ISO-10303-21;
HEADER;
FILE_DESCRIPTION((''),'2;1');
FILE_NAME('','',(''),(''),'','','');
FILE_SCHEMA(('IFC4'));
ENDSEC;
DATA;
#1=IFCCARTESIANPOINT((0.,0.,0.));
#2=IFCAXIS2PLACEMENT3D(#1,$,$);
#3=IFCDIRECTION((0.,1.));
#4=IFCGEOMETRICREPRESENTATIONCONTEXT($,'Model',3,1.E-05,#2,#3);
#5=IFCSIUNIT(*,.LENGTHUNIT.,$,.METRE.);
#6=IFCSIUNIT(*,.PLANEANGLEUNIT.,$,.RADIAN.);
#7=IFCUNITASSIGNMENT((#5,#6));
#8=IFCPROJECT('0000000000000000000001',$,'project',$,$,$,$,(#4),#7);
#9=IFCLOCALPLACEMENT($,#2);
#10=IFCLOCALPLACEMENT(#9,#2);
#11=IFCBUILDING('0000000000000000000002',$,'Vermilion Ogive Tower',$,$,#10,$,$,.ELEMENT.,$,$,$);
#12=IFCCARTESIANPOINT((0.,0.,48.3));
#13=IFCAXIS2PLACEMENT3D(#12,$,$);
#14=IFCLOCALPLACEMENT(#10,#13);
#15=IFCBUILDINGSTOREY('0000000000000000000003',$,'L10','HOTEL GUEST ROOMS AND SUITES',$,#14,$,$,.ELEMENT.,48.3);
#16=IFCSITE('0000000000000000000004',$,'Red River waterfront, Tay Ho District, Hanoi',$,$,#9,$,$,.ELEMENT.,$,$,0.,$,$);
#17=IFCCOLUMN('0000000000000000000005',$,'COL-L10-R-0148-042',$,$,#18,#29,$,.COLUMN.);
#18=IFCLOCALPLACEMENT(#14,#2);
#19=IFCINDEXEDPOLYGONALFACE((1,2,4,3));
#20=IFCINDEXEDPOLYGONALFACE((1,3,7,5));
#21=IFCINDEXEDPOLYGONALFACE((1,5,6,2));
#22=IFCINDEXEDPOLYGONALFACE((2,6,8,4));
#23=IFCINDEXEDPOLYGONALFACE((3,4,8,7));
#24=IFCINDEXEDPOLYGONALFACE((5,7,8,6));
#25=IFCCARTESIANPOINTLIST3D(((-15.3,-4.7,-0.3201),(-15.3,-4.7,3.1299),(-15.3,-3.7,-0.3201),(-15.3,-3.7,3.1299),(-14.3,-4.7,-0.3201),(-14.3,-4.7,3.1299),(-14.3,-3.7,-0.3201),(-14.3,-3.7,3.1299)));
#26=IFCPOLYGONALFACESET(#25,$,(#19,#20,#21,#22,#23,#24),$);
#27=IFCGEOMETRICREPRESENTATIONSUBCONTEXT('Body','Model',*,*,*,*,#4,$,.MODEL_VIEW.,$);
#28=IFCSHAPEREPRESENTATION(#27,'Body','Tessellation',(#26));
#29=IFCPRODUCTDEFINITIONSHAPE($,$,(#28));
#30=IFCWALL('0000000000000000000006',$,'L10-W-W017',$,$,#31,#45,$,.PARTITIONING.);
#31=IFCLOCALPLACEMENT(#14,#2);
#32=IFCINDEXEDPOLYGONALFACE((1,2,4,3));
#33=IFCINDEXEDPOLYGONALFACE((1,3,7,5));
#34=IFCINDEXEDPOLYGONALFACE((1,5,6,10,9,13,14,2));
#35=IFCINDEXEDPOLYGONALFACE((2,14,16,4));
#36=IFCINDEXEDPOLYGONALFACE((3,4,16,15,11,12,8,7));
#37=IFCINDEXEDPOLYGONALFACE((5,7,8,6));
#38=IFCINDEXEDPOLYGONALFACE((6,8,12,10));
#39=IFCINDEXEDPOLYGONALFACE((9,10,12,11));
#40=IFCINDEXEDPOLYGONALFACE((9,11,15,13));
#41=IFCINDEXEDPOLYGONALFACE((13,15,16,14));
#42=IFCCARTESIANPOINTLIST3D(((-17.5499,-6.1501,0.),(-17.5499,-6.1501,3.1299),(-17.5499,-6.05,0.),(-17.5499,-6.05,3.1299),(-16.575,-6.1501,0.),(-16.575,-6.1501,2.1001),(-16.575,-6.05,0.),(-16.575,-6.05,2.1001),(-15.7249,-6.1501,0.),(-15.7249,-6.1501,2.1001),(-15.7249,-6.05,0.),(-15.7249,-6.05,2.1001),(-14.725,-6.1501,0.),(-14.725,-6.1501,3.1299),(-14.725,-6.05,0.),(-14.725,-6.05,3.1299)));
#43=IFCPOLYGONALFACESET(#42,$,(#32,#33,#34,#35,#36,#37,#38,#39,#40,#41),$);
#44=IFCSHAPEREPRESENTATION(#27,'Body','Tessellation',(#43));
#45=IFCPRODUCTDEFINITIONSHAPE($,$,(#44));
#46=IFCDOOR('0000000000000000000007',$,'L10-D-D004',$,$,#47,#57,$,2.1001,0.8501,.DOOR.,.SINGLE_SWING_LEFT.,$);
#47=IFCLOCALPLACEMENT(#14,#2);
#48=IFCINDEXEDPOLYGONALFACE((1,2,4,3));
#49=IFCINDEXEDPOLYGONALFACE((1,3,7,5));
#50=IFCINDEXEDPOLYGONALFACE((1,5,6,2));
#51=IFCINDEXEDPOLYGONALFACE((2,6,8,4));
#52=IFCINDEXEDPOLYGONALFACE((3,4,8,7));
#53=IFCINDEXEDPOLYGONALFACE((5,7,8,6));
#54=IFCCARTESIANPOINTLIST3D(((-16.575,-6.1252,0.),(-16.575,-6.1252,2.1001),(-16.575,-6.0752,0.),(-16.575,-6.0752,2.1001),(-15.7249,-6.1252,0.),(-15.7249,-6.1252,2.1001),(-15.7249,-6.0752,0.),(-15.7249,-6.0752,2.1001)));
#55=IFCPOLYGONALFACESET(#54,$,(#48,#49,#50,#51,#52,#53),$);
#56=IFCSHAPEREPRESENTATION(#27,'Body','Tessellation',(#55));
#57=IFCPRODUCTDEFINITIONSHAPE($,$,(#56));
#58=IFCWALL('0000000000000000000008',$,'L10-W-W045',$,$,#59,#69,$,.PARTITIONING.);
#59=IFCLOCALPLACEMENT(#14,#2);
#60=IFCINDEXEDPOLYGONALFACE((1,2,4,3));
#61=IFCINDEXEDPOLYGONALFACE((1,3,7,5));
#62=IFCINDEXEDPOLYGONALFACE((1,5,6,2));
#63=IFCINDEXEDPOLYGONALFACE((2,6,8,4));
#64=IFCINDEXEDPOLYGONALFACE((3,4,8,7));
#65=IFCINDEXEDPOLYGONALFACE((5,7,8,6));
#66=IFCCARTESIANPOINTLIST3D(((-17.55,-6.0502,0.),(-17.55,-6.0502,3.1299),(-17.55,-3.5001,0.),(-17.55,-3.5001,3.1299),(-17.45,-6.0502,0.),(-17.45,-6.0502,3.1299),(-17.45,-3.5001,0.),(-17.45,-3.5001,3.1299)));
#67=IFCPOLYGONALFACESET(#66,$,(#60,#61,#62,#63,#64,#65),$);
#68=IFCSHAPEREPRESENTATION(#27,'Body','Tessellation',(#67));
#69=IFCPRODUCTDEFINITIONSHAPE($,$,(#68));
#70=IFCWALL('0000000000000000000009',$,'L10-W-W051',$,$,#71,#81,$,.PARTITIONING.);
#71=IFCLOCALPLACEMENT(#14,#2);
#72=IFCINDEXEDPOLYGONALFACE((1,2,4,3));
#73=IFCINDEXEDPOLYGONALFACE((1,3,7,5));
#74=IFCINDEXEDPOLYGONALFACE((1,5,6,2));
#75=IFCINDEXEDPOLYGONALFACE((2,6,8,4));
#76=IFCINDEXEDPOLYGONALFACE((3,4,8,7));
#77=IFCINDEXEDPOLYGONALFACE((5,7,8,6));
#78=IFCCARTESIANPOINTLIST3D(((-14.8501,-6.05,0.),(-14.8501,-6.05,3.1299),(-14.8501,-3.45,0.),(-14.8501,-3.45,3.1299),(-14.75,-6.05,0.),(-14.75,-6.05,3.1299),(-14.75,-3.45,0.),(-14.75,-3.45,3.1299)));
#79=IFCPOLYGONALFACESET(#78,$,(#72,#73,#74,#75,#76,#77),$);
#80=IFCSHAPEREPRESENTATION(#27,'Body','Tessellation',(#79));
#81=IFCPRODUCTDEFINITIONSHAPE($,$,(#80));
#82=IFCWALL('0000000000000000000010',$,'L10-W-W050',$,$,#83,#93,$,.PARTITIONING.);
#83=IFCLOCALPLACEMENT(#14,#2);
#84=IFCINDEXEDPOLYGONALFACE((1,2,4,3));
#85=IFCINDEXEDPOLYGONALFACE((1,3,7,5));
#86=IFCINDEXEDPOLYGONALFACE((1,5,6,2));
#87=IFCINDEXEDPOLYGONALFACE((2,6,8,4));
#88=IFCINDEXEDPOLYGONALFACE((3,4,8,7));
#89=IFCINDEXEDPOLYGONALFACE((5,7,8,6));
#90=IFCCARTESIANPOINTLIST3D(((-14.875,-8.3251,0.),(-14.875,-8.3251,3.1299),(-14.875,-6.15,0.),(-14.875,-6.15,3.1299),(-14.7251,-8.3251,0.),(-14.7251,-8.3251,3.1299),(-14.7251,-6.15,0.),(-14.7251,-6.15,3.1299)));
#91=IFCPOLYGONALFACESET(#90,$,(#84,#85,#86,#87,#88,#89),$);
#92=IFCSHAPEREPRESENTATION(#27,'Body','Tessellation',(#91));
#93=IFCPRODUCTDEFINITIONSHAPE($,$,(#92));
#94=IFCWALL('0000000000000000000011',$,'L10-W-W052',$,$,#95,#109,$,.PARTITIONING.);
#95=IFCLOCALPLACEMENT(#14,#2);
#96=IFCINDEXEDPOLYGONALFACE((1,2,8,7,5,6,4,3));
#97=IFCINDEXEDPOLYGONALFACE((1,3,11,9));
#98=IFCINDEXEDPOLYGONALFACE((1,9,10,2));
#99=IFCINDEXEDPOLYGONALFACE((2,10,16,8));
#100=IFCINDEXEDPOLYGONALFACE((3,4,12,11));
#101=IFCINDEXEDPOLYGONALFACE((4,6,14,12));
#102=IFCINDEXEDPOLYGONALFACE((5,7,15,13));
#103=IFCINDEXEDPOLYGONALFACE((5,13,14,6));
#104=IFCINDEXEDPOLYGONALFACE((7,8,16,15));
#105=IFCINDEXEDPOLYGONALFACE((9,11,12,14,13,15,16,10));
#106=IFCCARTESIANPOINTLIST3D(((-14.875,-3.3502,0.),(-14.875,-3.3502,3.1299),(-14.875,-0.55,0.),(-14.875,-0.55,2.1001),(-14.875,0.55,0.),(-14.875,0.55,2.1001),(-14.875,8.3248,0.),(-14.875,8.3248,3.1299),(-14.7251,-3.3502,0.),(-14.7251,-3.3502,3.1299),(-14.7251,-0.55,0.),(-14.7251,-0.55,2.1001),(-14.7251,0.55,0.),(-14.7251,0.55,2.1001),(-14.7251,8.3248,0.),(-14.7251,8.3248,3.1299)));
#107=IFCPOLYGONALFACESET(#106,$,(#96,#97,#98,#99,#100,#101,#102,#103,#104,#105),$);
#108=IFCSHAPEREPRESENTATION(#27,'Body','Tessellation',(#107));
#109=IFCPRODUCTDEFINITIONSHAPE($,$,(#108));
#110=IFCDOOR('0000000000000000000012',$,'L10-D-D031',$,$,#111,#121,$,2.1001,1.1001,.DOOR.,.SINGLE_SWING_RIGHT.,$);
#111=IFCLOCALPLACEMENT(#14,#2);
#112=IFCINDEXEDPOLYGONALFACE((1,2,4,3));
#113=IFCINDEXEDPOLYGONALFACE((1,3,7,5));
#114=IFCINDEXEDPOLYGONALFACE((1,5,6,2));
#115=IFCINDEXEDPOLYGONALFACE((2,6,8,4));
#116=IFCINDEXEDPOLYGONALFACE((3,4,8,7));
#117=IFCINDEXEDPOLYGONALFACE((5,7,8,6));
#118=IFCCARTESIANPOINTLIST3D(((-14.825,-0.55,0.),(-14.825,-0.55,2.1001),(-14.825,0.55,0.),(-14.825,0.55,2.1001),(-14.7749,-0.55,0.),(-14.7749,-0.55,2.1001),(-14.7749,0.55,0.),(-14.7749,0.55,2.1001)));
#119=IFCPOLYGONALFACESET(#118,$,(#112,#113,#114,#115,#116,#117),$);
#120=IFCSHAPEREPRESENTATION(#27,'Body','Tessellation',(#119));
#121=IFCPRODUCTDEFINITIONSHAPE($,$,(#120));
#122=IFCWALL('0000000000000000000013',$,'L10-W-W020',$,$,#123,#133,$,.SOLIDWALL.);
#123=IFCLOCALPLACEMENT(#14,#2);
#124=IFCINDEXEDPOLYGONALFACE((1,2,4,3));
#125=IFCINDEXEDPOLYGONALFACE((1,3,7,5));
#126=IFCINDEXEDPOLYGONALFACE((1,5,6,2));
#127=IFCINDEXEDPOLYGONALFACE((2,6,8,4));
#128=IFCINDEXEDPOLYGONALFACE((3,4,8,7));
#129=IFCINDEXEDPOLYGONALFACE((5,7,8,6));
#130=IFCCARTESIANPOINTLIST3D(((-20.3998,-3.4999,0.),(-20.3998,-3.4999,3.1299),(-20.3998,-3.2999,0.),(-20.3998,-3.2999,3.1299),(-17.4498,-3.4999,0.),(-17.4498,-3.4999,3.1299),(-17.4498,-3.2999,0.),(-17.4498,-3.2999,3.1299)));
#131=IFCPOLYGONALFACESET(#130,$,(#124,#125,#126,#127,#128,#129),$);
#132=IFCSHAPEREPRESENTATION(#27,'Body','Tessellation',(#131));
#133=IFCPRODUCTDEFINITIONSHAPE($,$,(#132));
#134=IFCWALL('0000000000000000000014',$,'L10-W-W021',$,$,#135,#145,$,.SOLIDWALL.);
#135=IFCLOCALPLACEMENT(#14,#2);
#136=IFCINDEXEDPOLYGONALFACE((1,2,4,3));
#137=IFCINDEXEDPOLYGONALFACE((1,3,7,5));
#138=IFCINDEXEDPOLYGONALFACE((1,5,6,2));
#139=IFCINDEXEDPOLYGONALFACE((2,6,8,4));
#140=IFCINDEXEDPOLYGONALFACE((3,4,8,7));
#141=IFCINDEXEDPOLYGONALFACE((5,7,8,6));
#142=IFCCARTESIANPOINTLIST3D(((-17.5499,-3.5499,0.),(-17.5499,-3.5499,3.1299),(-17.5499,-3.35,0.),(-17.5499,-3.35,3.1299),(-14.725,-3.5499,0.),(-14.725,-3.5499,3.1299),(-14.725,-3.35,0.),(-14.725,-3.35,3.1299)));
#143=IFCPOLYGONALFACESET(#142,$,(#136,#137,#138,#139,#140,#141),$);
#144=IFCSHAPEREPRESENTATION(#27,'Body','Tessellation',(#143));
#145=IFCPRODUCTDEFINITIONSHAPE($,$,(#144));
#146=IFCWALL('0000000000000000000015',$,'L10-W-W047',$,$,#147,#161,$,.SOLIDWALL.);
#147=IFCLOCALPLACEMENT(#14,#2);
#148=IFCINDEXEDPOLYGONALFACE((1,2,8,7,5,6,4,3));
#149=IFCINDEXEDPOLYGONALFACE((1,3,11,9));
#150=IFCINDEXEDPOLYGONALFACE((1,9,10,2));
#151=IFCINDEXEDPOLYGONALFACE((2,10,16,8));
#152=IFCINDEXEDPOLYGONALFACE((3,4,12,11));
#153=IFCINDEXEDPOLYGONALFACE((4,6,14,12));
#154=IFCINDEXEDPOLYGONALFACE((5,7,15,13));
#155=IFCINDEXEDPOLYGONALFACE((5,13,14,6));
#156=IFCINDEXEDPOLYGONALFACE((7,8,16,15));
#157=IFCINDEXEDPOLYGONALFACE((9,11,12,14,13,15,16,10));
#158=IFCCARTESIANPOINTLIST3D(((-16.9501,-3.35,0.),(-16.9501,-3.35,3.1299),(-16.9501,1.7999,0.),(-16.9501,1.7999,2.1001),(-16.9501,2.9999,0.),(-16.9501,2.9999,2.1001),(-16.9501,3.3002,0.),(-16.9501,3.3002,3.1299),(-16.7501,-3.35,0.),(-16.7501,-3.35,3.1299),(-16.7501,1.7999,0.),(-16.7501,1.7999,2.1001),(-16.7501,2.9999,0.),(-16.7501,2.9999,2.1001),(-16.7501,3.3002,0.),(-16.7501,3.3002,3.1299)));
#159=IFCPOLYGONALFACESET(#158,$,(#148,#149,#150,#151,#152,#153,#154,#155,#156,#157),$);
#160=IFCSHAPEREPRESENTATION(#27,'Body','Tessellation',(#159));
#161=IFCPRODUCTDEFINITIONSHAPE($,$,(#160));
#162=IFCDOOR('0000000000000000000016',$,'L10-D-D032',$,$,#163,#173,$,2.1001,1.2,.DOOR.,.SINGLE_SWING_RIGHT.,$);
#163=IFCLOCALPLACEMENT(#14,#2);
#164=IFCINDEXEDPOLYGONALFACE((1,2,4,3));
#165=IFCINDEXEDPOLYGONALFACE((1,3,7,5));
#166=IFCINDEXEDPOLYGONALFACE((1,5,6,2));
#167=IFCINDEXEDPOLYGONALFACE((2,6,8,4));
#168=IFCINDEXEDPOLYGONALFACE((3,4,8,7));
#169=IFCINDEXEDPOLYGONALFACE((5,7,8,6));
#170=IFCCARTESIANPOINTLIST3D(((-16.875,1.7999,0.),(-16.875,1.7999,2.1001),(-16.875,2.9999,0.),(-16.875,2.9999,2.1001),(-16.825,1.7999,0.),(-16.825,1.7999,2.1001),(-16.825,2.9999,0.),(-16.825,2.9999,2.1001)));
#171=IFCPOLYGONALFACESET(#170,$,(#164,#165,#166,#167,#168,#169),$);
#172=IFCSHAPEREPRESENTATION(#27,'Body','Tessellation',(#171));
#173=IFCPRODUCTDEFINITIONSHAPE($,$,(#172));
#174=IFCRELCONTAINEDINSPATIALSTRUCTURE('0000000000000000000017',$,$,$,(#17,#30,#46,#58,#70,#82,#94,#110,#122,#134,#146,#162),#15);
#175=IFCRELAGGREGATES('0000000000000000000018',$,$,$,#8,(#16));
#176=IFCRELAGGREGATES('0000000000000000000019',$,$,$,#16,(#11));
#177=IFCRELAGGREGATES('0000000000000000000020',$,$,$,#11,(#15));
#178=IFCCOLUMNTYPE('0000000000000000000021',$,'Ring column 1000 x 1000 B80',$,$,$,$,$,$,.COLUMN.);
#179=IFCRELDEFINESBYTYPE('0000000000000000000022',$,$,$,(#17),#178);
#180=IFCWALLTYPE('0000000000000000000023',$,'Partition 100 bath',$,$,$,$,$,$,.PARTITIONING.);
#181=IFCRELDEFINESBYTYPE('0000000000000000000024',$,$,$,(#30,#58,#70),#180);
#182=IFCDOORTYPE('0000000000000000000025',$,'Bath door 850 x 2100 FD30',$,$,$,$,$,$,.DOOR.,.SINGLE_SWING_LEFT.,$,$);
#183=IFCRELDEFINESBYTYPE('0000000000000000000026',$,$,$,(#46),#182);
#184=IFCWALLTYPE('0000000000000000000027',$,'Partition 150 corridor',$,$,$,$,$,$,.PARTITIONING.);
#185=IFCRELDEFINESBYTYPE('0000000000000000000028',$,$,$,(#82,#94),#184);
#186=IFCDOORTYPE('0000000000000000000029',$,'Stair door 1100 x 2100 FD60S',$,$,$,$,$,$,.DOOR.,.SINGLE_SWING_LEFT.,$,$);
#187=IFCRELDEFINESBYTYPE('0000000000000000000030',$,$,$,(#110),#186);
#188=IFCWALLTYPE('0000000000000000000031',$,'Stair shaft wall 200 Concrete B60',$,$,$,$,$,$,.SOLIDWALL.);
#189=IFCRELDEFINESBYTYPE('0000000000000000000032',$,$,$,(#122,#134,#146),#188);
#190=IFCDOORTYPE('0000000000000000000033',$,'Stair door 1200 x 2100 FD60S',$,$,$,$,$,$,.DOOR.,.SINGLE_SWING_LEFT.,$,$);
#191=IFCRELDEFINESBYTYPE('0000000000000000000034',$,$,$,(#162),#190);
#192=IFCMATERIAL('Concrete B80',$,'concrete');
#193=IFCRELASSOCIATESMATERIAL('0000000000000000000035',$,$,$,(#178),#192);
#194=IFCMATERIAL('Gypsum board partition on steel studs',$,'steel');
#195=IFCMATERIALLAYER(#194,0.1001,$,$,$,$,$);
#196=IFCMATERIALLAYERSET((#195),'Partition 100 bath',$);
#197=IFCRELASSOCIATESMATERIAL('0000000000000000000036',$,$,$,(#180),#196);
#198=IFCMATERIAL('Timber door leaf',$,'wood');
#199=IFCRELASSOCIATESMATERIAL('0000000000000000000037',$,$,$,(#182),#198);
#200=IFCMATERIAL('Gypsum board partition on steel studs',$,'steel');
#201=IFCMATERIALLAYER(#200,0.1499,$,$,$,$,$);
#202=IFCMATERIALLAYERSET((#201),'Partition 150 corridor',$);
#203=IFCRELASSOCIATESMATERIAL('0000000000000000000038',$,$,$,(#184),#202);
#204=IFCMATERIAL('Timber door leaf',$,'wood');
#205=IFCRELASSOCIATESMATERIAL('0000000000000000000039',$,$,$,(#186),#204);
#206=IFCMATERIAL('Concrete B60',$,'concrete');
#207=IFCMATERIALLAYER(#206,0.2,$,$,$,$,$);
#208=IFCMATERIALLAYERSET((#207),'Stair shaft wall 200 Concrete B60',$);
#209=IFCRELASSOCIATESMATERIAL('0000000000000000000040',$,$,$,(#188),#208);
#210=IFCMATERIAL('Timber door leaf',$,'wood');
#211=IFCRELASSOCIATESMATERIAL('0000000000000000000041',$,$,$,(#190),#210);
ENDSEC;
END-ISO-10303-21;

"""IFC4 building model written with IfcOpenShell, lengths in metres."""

from ifc_helpers import new_model, si_unit, direction, frame, frame_2d, origin, origin_2d, place, context, subcontext, project, spatial, rectangle, extrude, material, layer, layer_set, material_profile, profile_set, type_object, element, fill, save


model = new_model("IFC4")

# Units and contexts
model_context = context("Model", 3, precision=1e-05, world=origin(), true_north=direction((0.0, 1.0)))
body_context = subcontext(model_context, "Body", "Model", "MODEL_VIEW")
ifc_project = project(units=[si_unit("LENGTHUNIT", "METRE"), si_unit("PLANEANGLEUNIT", "RADIAN")], contexts=[model_context])

# Site, building, storey
site_placement = place(None, origin())
site = spatial("IfcSite", under=ifc_project, at=site_placement, Name="Red River waterfront, Tay Ho District, Hanoi", CompositionType="ELEMENT", RefElevation=0.0)
building_placement = place(site_placement, origin())
building = spatial("IfcBuilding", under=site, at=building_placement, Name="Vermilion Ogive Tower", CompositionType="ELEMENT")
storey_placement = place(building_placement, frame((0.0, 0.0, 48.3)))
storey = spatial("IfcBuildingStorey", under=building, at=storey_placement, Name="L10", Description="HOTEL GUEST ROOMS AND SUITES", CompositionType="ELEMENT", Elevation=48.3)

# Column
ifc_material_1 = material(Name="Concrete B80", Category="concrete")
ifc_material_profile = material_profile(ifc_material_1, rectangle(XDim=1.0, YDim=1.0, at=origin_2d()), Name="1000 x 1000")
ifc_profile_set = profile_set([ifc_material_profile], Name="Concrete B80")
column_type = type_object("IfcColumnType", Name="Ring column 1000 x 1000 B80", PredefinedType="COLUMN", material=ifc_profile_set)
column_placement = place(storey_placement, frame((-14.8, -4.2, -0.3201), z_axis=(0.0, 0.0, 1.0), x_axis=(1.0, 0.0, 0.0)))
element("IfcColumn", 1, at=column_placement, inside=storey, type_object=column_type, Name="COL-L10-R-0148-042", PredefinedType="COLUMN", context=body_context, shape_type="SweptSolid", body=[
    extrude(rectangle(XDim=1.0, YDim=1.0, at=origin_2d()), origin(), (0.0, 0.0, 1.0), 3.45),
])

# Wall, opening, door
ifc_material_2 = material(Name="Gypsum board partition on steel studs", Category="steel")
ifc_layer_1 = layer(ifc_material_2, 0.1001)
ifc_layer_set_1 = layer_set([ifc_layer_1], Name="Partition 100 bath")
wall_type_1 = type_object("IfcWallType", Name="Partition 100 bath", PredefinedType="PARTITIONING", material=ifc_layer_set_1)
wall_1_placement = place(storey_placement, frame((-17.55, -6.1001, 0.0), z_axis=(0.0, 0.0, 1.0), x_axis=(1.0, 0.0, 0.0)))
wall_1 = element("IfcWall", 2, at=wall_1_placement, inside=storey, type_object=wall_type_1, Name="L10-W-W017", PredefinedType="PARTITIONING", context=body_context, shape_type="SweptSolid", body=[
    extrude(rectangle(XDim=2.825, YDim=0.1001, at=frame_2d((1.4126, 0.0))), origin(), (0.0, 0.0, 1.0), 3.1299),
])
opening_1_placement = place(wall_1_placement, frame((0.9751, 0.0, 0.0)))
opening_1 = element("IfcOpeningElement", 3, at=opening_1_placement, cuts=wall_1, PredefinedType="OPENING", context=body_context, shape_type="SweptSolid", body=[
    extrude(rectangle(XDim=0.8501, YDim=2.1001, at=frame_2d((0.425, 1.05))), frame((0.0, 0.0601, 0.0), z_axis=(0.0, -1.0, 0.0), x_axis=(1.0, 0.0, 0.0)), (0.0, 0.0, 1.0), 0.1201),
])
ifc_material_3 = material(Name="Timber door leaf", Category="wood")
door_type_1 = type_object("IfcDoorType", Name="Bath door 850 x 2100 FD30", OperationType="SINGLE_SWING_LEFT", PredefinedType="DOOR", material=ifc_material_3)
door_1_placement = place(opening_1_placement, origin())
door_1 = element("IfcDoor", 4, at=door_1_placement, inside=storey, type_object=door_type_1, Name="L10-D-D004", OperationType="SINGLE_SWING_LEFT", OverallHeight=2.1001, OverallWidth=0.8501, PredefinedType="DOOR", context=body_context, shape_type="SweptSolid", body=[
    extrude(rectangle(XDim=0.8501, YDim=2.1001, at=frame_2d((0.425, 1.05))), frame((0.0, 0.0249, 0.0), z_axis=(0.0, -1.0, 0.0), x_axis=(1.0, 0.0, 0.0)), (0.0, 0.0, 1.0), 0.05),
])
fill(opening_1, door_1)

# Walls
wall_2_placement = place(storey_placement, frame((-17.5, -6.05, 0.0), z_axis=(0.0, 0.0, 1.0), x_axis=(0.0, 1.0, 0.0)))
element("IfcWall", 5, at=wall_2_placement, inside=storey, type_object=wall_type_1, Name="L10-W-W045", PredefinedType="PARTITIONING", context=body_context, shape_type="SweptSolid", body=[
    extrude(rectangle(XDim=2.55, YDim=0.1001, at=frame_2d((1.2749, 0.0))), origin(), (0.0, 0.0, 1.0), 3.1299),
])
wall_3_placement = place(storey_placement, frame((-14.8, -6.05, 0.0), z_axis=(0.0, 0.0, 1.0), x_axis=(0.0, 1.0, 0.0)))
element("IfcWall", 6, at=wall_3_placement, inside=storey, type_object=wall_type_1, Name="L10-W-W051", PredefinedType="PARTITIONING", context=body_context, shape_type="SweptSolid", body=[
    extrude(rectangle(XDim=2.6001, YDim=0.1001, at=frame_2d((1.3, 0.0))), origin(), (0.0, 0.0, 1.0), 3.1299),
])
ifc_material_4 = material(Name="Gypsum board partition on steel studs", Category="steel")
ifc_layer_2 = layer(ifc_material_4, 0.1499)
ifc_layer_set_2 = layer_set([ifc_layer_2], Name="Partition 150 corridor")
wall_type_2 = type_object("IfcWallType", Name="Partition 150 corridor", PredefinedType="PARTITIONING", material=ifc_layer_set_2)
wall_4_placement = place(storey_placement, frame((-14.8, -8.325, 0.0), z_axis=(0.0, 0.0, 1.0), x_axis=(0.0, 1.0, 0.0)))
element("IfcWall", 7, at=wall_4_placement, inside=storey, type_object=wall_type_2, Name="L10-W-W050", PredefinedType="PARTITIONING", context=body_context, shape_type="SweptSolid", body=[
    extrude(rectangle(XDim=2.175, YDim=0.1499, at=frame_2d((1.0874, 0.0))), origin(), (0.0, 0.0, 1.0), 3.1299),
])

# Wall, opening, door
wall_5_placement = place(storey_placement, frame((-14.8, -3.3501, 0.0), z_axis=(0.0, 0.0, 1.0), x_axis=(0.0, 1.0, 0.0)))
wall_5 = element("IfcWall", 8, at=wall_5_placement, inside=storey, type_object=wall_type_2, Name="L10-W-W052", PredefinedType="PARTITIONING", context=body_context, shape_type="SweptSolid", body=[
    extrude(rectangle(XDim=11.675, YDim=0.1499, at=frame_2d((5.8374, 0.0))), origin(), (0.0, 0.0, 1.0), 3.1299),
])
opening_2_placement = place(wall_5_placement, frame((2.8, 0.0, 0.0)))
opening_2 = element("IfcOpeningElement", 9, at=opening_2_placement, cuts=wall_5, PredefinedType="OPENING", context=body_context, shape_type="SweptSolid", body=[
    extrude(rectangle(XDim=1.1001, YDim=2.1001, at=frame_2d((0.55, 1.05))), frame((0.0, 0.085, 0.0), z_axis=(0.0, -1.0, 0.0), x_axis=(1.0, 0.0, 0.0)), (0.0, 0.0, 1.0), 0.1699),
])
ifc_material_5 = material(Name="Timber door leaf", Category="wood")
door_type_2 = type_object("IfcDoorType", Name="Stair door 1100 x 2100 FD60S", OperationType="SINGLE_SWING_LEFT", PredefinedType="DOOR", material=ifc_material_5)
door_2_placement = place(opening_2_placement, origin())
door_2 = element("IfcDoor", 10, at=door_2_placement, inside=storey, type_object=door_type_2, Name="L10-D-D031", OperationType="SINGLE_SWING_RIGHT", OverallHeight=2.1001, OverallWidth=1.1001, PredefinedType="DOOR", context=body_context, shape_type="SweptSolid", body=[
    extrude(rectangle(XDim=1.1001, YDim=2.1001, at=frame_2d((0.55, 1.05))), frame((0.0, 0.0249, 0.0), z_axis=(0.0, -1.0, 0.0), x_axis=(1.0, 0.0, 0.0)), (0.0, 0.0, 1.0), 0.05),
])
fill(opening_2, door_2)

# Walls
ifc_material_6 = material(Name="Concrete B60", Category="concrete")
ifc_layer_3 = layer(ifc_material_6, 0.2)
ifc_layer_set_3 = layer_set([ifc_layer_3], Name="Stair shaft wall 200 Concrete B60")
wall_type_3 = type_object("IfcWallType", Name="Stair shaft wall 200 Concrete B60", PredefinedType="SOLIDWALL", material=ifc_layer_set_3)
wall_6_placement = place(storey_placement, frame((-20.3999, -3.3999, 0.0), z_axis=(0.0, 0.0, 1.0), x_axis=(1.0, 0.0, 0.0)))
element("IfcWall", 11, at=wall_6_placement, inside=storey, type_object=wall_type_3, Name="L10-W-W020", PredefinedType="SOLIDWALL", context=body_context, shape_type="SweptSolid", body=[
    extrude(rectangle(XDim=2.95, YDim=0.2, at=frame_2d((1.4751, 0.0))), origin(), (0.0, 0.0, 1.0), 3.1299),
])
wall_7_placement = place(storey_placement, frame((-17.55, -3.45, 0.0), z_axis=(0.0, 0.0, 1.0), x_axis=(1.0, 0.0, 0.0)))
element("IfcWall", 12, at=wall_7_placement, inside=storey, type_object=wall_type_3, Name="L10-W-W021", PredefinedType="SOLIDWALL", context=body_context, shape_type="SweptSolid", body=[
    extrude(rectangle(XDim=2.825, YDim=0.2, at=frame_2d((1.4126, 0.0))), origin(), (0.0, 0.0, 1.0), 3.1299),
])

# Wall, opening, door
wall_8_placement = place(storey_placement, frame((-16.8501, -3.3501, 0.0), z_axis=(0.0, 0.0, 1.0), x_axis=(0.0, 1.0, 0.0)))
wall_8 = element("IfcWall", 13, at=wall_8_placement, inside=storey, type_object=wall_type_3, Name="L10-W-W047", PredefinedType="SOLIDWALL", context=body_context, shape_type="SweptSolid", body=[
    extrude(rectangle(XDim=6.6501, YDim=0.2, at=frame_2d((3.3252, 0.0))), origin(), (0.0, 0.0, 1.0), 3.1299),
])
opening_3_placement = place(wall_8_placement, frame((5.1499, 0.0, 0.0)))
opening_3 = element("IfcOpeningElement", 14, at=opening_3_placement, cuts=wall_8, PredefinedType="OPENING", context=body_context, shape_type="SweptSolid", body=[
    extrude(rectangle(XDim=1.2, YDim=2.1001, at=frame_2d((0.6001, 1.05))), frame((0.0, 0.1099, 0.0), z_axis=(0.0, -1.0, 0.0), x_axis=(1.0, 0.0, 0.0)), (0.0, 0.0, 1.0), 0.22),
])
ifc_material_7 = material(Name="Timber door leaf", Category="wood")
door_type_3 = type_object("IfcDoorType", Name="Stair door 1200 x 2100 FD60S", OperationType="SINGLE_SWING_LEFT", PredefinedType="DOOR", material=ifc_material_7)
door_3_placement = place(opening_3_placement, origin())
door_3 = element("IfcDoor", 15, at=door_3_placement, inside=storey, type_object=door_type_3, Name="L10-D-D032", OperationType="SINGLE_SWING_RIGHT", OverallHeight=2.1001, OverallWidth=1.2, PredefinedType="DOOR", context=body_context, shape_type="SweptSolid", body=[
    extrude(rectangle(XDim=1.2, YDim=2.1001, at=frame_2d((0.6001, 1.05))), frame((0.0, 0.0249, 0.0), z_axis=(0.0, -1.0, 0.0), x_axis=(1.0, 0.0, 0.0)), (0.0, 0.0, 1.0), 0.05),
])
fill(opening_3, door_3)

save(model, "model.ifc")
